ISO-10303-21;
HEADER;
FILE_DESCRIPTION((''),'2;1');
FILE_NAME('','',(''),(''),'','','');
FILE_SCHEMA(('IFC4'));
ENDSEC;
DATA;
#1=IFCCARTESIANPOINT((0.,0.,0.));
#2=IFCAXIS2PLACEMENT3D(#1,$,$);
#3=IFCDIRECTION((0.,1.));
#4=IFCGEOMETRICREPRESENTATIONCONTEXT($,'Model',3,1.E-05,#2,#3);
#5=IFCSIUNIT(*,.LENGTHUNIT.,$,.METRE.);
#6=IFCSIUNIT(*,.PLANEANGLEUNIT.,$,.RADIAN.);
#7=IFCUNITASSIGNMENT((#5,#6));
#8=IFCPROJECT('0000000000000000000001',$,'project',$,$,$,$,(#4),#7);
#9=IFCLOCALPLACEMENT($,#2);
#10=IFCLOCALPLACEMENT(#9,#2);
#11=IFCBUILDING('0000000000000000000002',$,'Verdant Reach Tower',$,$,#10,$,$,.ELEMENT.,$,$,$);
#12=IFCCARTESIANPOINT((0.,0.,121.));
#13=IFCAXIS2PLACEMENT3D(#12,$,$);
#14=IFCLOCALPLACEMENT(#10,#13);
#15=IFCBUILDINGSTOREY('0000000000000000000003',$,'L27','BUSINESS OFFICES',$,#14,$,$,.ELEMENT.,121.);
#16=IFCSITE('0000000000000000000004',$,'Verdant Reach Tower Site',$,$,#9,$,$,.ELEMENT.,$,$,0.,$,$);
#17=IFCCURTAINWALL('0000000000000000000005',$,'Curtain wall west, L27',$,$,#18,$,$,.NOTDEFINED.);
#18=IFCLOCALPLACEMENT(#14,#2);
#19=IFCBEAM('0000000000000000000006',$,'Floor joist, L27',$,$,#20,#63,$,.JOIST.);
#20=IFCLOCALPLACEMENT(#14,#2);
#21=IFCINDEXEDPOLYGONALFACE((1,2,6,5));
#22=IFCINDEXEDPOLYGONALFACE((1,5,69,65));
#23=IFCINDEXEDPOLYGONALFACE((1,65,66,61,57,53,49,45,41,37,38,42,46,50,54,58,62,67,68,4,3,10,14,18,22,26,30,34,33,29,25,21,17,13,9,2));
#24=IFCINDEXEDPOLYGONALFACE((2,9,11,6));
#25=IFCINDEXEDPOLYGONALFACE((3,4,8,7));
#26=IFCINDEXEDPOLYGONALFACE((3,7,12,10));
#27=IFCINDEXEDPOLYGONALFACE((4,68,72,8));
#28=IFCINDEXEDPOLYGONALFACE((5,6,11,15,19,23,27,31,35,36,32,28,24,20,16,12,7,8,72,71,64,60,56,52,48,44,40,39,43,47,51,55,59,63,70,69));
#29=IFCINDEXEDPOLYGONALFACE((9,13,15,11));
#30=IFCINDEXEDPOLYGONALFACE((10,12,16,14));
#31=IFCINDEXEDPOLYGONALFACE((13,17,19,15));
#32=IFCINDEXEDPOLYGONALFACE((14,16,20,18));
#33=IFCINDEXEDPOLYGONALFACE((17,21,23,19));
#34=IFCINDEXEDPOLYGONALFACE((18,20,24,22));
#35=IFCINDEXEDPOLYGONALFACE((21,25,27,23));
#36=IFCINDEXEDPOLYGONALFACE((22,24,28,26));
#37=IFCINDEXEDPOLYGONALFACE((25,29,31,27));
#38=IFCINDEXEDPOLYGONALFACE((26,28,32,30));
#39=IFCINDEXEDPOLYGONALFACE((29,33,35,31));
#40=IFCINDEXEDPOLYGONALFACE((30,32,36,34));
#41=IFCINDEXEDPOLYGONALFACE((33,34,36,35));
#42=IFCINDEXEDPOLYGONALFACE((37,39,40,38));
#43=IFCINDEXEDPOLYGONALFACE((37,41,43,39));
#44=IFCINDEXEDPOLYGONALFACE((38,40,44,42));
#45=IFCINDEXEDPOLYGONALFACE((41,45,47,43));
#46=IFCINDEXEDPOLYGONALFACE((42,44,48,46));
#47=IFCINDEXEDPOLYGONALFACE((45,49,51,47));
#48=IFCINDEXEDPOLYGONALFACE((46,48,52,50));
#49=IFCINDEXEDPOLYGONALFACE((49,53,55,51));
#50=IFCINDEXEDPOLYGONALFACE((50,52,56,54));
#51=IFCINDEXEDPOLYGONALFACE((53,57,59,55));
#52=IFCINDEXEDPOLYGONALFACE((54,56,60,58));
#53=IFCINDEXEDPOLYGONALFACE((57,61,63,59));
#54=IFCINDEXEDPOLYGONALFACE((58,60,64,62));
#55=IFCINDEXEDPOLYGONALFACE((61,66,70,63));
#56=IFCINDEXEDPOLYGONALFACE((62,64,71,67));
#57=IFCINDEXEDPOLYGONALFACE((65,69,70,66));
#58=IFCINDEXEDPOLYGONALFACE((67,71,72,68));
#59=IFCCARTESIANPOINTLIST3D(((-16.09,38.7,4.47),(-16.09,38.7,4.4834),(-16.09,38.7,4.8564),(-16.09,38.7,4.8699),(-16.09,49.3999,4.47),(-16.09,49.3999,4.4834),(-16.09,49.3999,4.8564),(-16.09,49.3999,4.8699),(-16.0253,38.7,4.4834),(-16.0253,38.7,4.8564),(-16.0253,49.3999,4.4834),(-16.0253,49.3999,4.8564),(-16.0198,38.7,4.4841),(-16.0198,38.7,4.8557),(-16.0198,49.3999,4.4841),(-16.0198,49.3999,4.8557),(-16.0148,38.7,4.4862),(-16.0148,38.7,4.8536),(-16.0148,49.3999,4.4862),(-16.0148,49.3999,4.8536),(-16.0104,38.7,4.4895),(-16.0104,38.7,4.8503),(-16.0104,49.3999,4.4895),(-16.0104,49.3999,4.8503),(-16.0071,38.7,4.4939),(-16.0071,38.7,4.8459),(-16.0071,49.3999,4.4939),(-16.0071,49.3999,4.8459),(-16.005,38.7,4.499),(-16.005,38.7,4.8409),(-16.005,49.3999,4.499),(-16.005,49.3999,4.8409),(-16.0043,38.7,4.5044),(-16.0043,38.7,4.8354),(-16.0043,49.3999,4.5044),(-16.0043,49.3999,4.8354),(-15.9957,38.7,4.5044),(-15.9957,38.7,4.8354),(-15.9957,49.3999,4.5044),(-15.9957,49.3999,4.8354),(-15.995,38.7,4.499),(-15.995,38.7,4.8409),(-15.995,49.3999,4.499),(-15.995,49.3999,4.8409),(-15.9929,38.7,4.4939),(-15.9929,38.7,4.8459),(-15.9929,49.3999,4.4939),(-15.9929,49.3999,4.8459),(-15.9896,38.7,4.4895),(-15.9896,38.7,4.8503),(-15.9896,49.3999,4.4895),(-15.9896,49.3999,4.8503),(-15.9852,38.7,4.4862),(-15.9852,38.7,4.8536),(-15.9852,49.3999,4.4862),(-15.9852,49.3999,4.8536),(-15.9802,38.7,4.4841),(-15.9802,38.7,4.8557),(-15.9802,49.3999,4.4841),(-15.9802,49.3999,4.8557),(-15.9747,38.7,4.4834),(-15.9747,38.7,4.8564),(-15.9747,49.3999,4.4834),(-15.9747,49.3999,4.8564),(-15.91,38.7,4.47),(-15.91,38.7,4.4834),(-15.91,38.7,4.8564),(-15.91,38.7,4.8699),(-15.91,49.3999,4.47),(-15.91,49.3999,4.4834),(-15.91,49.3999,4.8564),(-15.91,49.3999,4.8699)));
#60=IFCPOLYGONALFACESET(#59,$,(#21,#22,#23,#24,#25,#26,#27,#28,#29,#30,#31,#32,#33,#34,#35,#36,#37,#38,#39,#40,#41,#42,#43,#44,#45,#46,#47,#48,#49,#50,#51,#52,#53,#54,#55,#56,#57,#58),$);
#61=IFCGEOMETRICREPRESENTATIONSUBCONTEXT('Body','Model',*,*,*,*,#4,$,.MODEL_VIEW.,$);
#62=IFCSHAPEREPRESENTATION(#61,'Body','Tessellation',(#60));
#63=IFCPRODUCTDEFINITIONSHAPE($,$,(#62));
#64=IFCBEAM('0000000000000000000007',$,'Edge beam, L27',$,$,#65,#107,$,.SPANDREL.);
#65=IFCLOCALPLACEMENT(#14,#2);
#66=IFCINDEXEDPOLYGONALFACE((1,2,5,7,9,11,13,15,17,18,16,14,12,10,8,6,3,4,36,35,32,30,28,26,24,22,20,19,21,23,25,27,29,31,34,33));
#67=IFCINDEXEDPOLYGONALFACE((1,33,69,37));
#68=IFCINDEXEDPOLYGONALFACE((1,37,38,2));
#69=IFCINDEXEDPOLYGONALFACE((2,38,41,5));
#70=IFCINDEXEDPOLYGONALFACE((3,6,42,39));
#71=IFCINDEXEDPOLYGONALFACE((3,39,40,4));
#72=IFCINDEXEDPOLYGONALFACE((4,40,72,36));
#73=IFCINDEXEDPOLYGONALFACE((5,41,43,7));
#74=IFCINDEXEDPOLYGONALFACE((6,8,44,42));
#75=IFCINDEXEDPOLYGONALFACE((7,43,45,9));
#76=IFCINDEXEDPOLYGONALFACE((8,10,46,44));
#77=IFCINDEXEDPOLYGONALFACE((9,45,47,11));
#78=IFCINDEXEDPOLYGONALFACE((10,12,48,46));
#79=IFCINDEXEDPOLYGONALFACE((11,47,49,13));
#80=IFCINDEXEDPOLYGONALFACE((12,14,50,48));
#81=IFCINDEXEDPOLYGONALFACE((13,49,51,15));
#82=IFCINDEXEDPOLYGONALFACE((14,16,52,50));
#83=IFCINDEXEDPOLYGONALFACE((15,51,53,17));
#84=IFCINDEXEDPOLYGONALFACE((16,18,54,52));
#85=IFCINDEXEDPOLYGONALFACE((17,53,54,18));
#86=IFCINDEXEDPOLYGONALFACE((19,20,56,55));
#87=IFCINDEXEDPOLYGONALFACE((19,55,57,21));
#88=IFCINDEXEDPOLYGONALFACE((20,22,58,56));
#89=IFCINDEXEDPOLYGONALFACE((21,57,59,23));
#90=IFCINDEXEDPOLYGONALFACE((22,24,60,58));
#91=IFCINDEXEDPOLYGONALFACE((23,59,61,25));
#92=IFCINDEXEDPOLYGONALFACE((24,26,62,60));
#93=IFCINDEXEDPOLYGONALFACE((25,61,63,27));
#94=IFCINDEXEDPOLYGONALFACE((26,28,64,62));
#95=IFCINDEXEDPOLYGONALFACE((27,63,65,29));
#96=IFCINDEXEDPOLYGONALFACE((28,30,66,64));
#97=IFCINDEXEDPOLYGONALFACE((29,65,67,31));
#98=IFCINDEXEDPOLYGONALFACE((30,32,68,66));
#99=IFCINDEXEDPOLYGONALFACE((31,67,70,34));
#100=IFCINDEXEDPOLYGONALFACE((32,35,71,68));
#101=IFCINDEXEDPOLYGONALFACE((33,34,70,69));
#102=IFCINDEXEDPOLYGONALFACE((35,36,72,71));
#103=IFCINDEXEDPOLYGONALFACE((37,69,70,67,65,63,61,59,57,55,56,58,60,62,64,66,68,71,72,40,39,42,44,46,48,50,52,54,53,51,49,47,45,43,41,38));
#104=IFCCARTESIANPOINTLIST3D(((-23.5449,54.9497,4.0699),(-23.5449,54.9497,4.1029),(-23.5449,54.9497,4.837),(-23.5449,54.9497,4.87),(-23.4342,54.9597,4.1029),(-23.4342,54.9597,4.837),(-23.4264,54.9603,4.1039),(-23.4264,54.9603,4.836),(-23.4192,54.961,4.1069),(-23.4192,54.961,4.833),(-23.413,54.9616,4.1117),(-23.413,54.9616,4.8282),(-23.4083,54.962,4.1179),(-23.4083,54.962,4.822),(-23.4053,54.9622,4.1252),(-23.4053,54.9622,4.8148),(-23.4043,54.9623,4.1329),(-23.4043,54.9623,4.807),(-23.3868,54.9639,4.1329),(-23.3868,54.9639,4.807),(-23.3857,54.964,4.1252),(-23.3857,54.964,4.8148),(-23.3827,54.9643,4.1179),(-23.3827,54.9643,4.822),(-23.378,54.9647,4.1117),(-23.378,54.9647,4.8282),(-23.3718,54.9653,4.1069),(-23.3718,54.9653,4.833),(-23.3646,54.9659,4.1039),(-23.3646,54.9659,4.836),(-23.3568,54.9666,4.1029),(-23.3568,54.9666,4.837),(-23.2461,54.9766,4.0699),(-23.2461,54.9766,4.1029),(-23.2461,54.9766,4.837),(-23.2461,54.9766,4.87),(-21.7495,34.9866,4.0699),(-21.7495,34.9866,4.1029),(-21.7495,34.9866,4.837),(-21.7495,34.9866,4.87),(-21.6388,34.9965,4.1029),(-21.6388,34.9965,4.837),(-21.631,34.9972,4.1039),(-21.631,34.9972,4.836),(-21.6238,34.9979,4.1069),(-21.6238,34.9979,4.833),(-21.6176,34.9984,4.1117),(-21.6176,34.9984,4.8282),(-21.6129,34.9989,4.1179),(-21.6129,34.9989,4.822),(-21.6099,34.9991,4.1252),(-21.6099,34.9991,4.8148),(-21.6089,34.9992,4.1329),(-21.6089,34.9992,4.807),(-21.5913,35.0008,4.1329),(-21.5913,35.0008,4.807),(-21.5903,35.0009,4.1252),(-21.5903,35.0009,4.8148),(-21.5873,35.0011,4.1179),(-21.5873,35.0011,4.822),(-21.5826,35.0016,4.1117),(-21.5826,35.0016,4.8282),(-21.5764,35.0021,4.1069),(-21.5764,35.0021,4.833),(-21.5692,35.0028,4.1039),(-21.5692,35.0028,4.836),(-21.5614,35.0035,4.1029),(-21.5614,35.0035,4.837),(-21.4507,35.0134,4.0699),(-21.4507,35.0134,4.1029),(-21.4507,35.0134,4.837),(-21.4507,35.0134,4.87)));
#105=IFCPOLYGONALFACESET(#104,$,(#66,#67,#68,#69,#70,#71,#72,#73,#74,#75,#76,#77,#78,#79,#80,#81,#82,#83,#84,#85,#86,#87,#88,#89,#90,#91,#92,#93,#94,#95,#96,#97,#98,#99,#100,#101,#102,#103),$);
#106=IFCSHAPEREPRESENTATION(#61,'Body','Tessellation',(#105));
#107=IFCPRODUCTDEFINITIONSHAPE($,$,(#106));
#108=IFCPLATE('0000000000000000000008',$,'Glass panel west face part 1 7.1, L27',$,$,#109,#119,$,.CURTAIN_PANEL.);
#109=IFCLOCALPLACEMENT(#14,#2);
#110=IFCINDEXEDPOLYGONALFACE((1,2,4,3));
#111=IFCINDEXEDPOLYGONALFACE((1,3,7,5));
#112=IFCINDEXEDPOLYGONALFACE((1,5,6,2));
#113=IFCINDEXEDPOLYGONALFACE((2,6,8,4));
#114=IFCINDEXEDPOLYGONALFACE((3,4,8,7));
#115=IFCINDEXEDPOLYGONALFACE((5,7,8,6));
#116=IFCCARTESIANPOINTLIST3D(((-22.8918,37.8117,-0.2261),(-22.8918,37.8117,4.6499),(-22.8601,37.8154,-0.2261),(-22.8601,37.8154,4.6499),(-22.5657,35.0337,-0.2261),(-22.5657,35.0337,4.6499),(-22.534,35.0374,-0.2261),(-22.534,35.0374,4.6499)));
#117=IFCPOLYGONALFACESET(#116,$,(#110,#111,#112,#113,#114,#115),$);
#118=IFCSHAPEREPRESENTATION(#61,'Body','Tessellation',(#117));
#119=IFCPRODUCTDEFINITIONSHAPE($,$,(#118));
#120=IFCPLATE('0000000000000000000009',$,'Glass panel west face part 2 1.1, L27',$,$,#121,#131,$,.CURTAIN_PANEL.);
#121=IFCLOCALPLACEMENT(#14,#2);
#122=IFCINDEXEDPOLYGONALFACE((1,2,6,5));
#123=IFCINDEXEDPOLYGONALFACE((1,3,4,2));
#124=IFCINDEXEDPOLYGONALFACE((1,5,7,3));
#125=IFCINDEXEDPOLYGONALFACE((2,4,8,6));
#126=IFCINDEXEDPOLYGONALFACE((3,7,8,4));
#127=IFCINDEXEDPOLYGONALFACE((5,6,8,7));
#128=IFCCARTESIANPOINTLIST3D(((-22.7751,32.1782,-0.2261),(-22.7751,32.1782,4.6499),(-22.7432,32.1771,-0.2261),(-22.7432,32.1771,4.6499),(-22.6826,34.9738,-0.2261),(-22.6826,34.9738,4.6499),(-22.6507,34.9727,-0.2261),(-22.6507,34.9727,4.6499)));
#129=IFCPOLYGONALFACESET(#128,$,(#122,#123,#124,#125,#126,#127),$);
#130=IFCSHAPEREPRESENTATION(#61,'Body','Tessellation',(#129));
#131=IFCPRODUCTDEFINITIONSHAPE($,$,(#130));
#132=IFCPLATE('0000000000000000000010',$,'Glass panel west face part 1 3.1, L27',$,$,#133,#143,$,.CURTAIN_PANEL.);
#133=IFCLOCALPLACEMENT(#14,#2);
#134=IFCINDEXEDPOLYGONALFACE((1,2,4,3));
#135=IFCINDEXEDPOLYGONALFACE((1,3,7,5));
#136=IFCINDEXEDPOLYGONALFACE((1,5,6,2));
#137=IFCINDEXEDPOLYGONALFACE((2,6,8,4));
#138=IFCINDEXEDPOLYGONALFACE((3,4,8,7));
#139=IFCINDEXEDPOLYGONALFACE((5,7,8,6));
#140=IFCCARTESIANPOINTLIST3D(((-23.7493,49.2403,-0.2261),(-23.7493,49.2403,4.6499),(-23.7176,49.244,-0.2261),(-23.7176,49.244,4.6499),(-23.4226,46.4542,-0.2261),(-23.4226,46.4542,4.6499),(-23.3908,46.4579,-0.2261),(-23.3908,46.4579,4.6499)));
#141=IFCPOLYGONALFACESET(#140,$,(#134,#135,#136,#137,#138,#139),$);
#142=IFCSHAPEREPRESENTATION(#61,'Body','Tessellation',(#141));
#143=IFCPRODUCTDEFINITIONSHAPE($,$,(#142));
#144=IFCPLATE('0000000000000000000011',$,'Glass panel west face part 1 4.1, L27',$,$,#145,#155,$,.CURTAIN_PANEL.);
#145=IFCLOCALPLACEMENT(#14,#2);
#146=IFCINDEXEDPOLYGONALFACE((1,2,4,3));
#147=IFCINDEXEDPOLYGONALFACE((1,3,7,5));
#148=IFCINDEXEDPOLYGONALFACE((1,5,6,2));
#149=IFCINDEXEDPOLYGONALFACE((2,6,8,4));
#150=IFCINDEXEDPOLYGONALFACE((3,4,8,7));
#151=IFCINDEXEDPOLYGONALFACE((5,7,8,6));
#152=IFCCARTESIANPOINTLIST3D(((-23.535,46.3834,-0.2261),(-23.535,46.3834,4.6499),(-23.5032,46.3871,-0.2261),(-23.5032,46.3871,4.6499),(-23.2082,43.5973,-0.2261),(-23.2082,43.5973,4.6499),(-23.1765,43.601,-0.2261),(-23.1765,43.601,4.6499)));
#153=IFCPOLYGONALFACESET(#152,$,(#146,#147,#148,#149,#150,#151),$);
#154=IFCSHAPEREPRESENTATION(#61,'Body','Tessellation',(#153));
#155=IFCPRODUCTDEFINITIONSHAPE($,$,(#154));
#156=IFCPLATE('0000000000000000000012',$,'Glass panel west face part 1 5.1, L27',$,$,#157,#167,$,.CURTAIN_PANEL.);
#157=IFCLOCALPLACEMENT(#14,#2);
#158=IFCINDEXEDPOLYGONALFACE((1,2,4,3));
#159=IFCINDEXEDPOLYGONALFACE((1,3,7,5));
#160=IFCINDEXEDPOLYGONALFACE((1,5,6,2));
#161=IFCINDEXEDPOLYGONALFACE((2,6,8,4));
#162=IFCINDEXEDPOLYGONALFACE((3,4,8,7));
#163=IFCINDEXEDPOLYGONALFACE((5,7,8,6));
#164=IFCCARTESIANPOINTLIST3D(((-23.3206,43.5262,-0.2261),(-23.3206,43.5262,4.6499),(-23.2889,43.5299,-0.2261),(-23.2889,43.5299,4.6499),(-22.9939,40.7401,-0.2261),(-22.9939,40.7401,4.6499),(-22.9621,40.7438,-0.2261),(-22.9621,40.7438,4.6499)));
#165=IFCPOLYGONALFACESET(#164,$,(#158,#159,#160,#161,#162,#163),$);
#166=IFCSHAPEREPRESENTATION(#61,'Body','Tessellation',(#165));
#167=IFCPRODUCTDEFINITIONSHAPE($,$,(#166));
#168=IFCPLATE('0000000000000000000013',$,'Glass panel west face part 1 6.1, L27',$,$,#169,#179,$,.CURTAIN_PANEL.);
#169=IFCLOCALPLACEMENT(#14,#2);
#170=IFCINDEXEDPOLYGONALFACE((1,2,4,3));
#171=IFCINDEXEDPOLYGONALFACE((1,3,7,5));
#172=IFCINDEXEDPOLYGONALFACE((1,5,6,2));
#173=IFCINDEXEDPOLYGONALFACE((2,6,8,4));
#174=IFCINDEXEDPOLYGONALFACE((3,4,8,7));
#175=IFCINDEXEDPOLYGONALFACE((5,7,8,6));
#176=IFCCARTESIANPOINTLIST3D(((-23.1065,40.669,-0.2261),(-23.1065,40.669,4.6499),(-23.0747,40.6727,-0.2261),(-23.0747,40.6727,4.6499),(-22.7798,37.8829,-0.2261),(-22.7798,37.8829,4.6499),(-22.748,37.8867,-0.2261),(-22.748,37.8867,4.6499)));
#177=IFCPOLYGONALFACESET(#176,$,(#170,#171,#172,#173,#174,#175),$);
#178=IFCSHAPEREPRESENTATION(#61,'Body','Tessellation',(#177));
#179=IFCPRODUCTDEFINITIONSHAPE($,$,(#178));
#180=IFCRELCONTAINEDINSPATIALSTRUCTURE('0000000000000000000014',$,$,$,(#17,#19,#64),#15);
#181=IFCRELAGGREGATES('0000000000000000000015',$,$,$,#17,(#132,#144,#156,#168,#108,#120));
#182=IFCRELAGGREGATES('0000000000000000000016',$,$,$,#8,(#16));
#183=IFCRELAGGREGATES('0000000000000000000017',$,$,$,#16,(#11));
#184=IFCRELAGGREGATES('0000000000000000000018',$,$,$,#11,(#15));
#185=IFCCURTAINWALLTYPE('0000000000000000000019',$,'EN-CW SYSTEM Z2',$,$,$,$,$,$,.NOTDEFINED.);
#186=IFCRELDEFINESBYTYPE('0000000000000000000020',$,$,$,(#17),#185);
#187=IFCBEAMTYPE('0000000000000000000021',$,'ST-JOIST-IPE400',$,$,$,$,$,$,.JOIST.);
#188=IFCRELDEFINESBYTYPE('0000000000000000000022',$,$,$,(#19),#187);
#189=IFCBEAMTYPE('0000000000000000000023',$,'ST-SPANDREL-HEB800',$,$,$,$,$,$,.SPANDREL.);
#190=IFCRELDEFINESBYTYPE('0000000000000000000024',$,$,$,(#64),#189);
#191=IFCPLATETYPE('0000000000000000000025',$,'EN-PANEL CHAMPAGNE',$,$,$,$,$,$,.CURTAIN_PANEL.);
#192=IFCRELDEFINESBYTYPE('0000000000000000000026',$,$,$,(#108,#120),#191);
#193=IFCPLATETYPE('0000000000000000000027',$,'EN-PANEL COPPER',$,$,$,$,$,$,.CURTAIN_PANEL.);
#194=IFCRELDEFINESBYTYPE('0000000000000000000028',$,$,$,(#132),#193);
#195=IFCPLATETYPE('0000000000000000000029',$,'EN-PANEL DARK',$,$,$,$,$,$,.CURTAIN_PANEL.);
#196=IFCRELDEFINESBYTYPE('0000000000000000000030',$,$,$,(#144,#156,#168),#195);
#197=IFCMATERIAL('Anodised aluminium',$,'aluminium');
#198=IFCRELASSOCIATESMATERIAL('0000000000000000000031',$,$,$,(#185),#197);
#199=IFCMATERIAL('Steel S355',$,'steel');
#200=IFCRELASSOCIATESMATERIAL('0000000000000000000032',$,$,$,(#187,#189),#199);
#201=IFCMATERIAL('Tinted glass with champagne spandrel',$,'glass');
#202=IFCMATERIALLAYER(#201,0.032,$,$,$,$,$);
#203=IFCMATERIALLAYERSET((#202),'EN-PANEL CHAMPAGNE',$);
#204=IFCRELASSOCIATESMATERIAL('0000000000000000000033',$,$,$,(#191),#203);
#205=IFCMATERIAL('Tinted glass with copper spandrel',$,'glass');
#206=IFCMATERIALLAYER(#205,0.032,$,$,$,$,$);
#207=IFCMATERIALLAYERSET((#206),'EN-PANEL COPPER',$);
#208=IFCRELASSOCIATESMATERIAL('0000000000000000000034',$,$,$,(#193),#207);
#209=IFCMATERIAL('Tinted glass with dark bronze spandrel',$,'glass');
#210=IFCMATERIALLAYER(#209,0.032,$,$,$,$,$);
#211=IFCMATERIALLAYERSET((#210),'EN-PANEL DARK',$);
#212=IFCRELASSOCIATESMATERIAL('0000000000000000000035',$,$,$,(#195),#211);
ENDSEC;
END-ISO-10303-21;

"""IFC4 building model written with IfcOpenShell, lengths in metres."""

from ifc_helpers import new_model, si_unit, direction, frame, origin, origin_2d, place, context, subcontext, project, spatial, rectangle, i_section, extrude, material, layer, layer_set, material_profile, profile_set, type_object, element, aggregate, save


model = new_model("IFC4")

# Units and contexts
model_context = context("Model", 3, precision=1e-05, world=origin(), true_north=direction((0.0, 1.0)))
body_context = subcontext(model_context, "Body", "Model", "MODEL_VIEW")
ifc_project = project(units=[si_unit("LENGTHUNIT", "METRE"), si_unit("PLANEANGLEUNIT", "RADIAN")], contexts=[model_context])

# Site, building, storey
site_placement = place(None, origin())
site = spatial("IfcSite", under=ifc_project, at=site_placement, Name="Verdant Reach Tower Site", CompositionType="ELEMENT", RefElevation=0.0)
building_placement = place(site_placement, origin())
building = spatial("IfcBuilding", under=site, at=building_placement, Name="Verdant Reach Tower", CompositionType="ELEMENT")
storey_placement = place(building_placement, frame((0.0, 0.0, 121.0)))
storey = spatial("IfcBuildingStorey", under=building, at=storey_placement, Name="L27", Description="BUSINESS OFFICES", CompositionType="ELEMENT", Elevation=121.0)

# Curtain wall
ifc_material_1 = material(Name="Anodised aluminium", Category="aluminium")
curtain_wall_type = type_object("IfcCurtainWallType", Name="EN-CW SYSTEM Z2", PredefinedType="NOTDEFINED", material=ifc_material_1)
curtain_wall_placement = place(storey_placement, origin())
curtain_wall = element("IfcCurtainWall", 1, at=curtain_wall_placement, inside=storey, type_object=curtain_wall_type, Name="Curtain wall west, L27", PredefinedType="NOTDEFINED")

# Beams
ifc_material_2 = material(Name="Steel S355", Category="steel")
ifc_material_profile_1 = material_profile(ifc_material_2, i_section(OverallWidth=0.1799, OverallDepth=0.3999, WebThickness=0.0085, FlangeThickness=0.0134, FilletRadius=0.021, at=origin_2d()), Name="IPE 400")
ifc_profile_set_1 = profile_set([ifc_material_profile_1], Name="Steel S355")
beam_type_1 = type_object("IfcBeamType", Name="ST-JOIST-IPE400", PredefinedType="JOIST", material=ifc_profile_set_1)
for number, where, z_axis, x_axis, name in (
    (2, (-16.0, 38.7, 4.6699), (0.0, 1.0, 0.0), (-1.0, 0.0, 0.0), "Floor joist, L27"),
):
    element("IfcBeam", number, at=place(storey_placement, frame(where, z_axis=z_axis, x_axis=x_axis)), inside=storey, type_object=beam_type_1, Name=name, PredefinedType="JOIST", context=body_context, shape_type="SweptSolid", body=[
        extrude(i_section(OverallWidth=0.1799, OverallDepth=0.3999, WebThickness=0.0085, FlangeThickness=0.0134, FilletRadius=0.021, at=origin_2d()), origin(), (0.0, 0.0, 1.0), 10.7),
    ])
ifc_material_profile_2 = material_profile(ifc_material_2, i_section(OverallWidth=0.3, OverallDepth=0.8, WebThickness=0.0176, FlangeThickness=0.033, FilletRadius=0.03, at=origin_2d()), Name="HEB 800")
ifc_profile_set_2 = profile_set([ifc_material_profile_2], Name="Steel S355")
beam_type_2 = type_object("IfcBeamType", Name="ST-SPANDREL-HEB800", PredefinedType="SPANDREL", material=ifc_profile_set_2)
beam_placement = place(storey_placement, frame((-21.6001, 35.0, 4.47), z_axis=(-0.089575, 0.99598, 0.0), x_axis=(-0.99598, -0.089575, 0.0)))
element("IfcBeam", 3, at=beam_placement, inside=storey, type_object=beam_type_2, Name="Edge beam, L27", PredefinedType="SPANDREL", context=body_context, shape_type="SweptSolid", body=[
    extrude(i_section(OverallWidth=0.3, OverallDepth=0.8, WebThickness=0.0176, FlangeThickness=0.033, FilletRadius=0.03, at=origin_2d()), origin(), (0.0, 0.0, 1.0), 20.0437),
])

# Plates
ifc_material_3 = material(Name="Tinted glass with champagne spandrel", Category="glass")
ifc_layer_1 = layer(ifc_material_3, 0.032)
ifc_layer_set_1 = layer_set([ifc_layer_1], Name="EN-PANEL CHAMPAGNE")
plate_type_1 = type_object("IfcPlateType", Name="EN-PANEL CHAMPAGNE", PredefinedType="CURTAIN_PANEL", material=ifc_layer_set_1)
plate_1_placement = place(storey_placement, frame((-22.7129, 36.4246, -0.2261), z_axis=(0.0, 0.0, 1.0), x_axis=(0.116586, -0.993181, 0.0)))
plate_1 = element("IfcPlate", 4, at=plate_1_placement, type_object=plate_type_1, Name="Glass panel west face part 1 7.1, L27", PredefinedType="CURTAIN_PANEL", context=body_context, shape_type="SweptSolid", body=[
    extrude(rectangle(XDim=2.7971, YDim=0.032, at=origin_2d()), origin(), (0.0, 0.0, 1.0), 4.876),
])
plate_2_placement = place(storey_placement, frame((-22.7129, 33.5754, -0.2261), z_axis=(0.0, 0.0, 1.0), x_axis=(-0.03307, -0.999453, 0.0)))
plate_2 = element("IfcPlate", 5, at=plate_2_placement, type_object=plate_type_1, Name="Glass panel west face part 2 1.1, L27", PredefinedType="CURTAIN_PANEL", context=body_context, shape_type="SweptSolid", body=[
    extrude(rectangle(XDim=2.7971, YDim=0.032, at=origin_2d()), origin(), (0.0, 0.0, 1.0), 4.876),
])
ifc_material_4 = material(Name="Tinted glass with copper spandrel", Category="glass")
ifc_layer_2 = layer(ifc_material_4, 0.032)
ifc_layer_set_2 = layer_set([ifc_layer_2], Name="EN-PANEL COPPER")
plate_type_2 = type_object("IfcPlateType", Name="EN-PANEL COPPER", PredefinedType="CURTAIN_PANEL", material=ifc_layer_set_2)
plate_3_placement = place(storey_placement, frame((-23.5701, 47.8491, -0.2261), z_axis=(0.0, 0.0, 1.0), x_axis=(0.116483, -0.993193, 0.0)))
plate_3 = element("IfcPlate", 6, at=plate_3_placement, type_object=plate_type_2, Name="Glass panel west face part 1 3.1, L27", PredefinedType="CURTAIN_PANEL", context=body_context, shape_type="SweptSolid", body=[
    extrude(rectangle(XDim=2.8052, YDim=0.032, at=origin_2d()), origin(), (0.0, 0.0, 1.0), 4.876),
])
ifc_material_5 = material(Name="Tinted glass with dark bronze spandrel", Category="glass")
ifc_layer_3 = layer(ifc_material_5, 0.032)
ifc_layer_set_3 = layer_set([ifc_layer_3], Name="EN-PANEL DARK")
plate_type_3 = type_object("IfcPlateType", Name="EN-PANEL DARK", PredefinedType="CURTAIN_PANEL", material=ifc_layer_set_3)
plate_4_placement = place(storey_placement, frame((-23.3557, 44.9922, -0.2261), z_axis=(0.0, 0.0, 1.0), x_axis=(0.116483, -0.993193, 0.0)))
plate_4 = element("IfcPlate", 7, at=plate_4_placement, type_object=plate_type_3, Name="Glass panel west face part 1 4.1, L27", PredefinedType="CURTAIN_PANEL", context=body_context, shape_type="SweptSolid", body=[
    extrude(rectangle(XDim=2.8052, YDim=0.032, at=origin_2d()), origin(), (0.0, 0.0, 1.0), 4.876),
])
plate_5_placement = place(storey_placement, frame((-23.1414, 42.135, -0.2261), z_axis=(0.0, 0.0, 1.0), x_axis=(0.116483, -0.993193, 0.0)))
plate_5 = element("IfcPlate", 8, at=plate_5_placement, type_object=plate_type_3, Name="Glass panel west face part 1 5.1, L27", PredefinedType="CURTAIN_PANEL", context=body_context, shape_type="SweptSolid", body=[
    extrude(rectangle(XDim=2.8052, YDim=0.032, at=origin_2d()), origin(), (0.0, 0.0, 1.0), 4.876),
])
plate_6_placement = place(storey_placement, frame((-22.9272, 39.2778, -0.2261), z_axis=(0.0, 0.0, 1.0), x_axis=(0.116483, -0.993193, 0.0)))
plate_6 = element("IfcPlate", 9, at=plate_6_placement, type_object=plate_type_3, Name="Glass panel west face part 1 6.1, L27", PredefinedType="CURTAIN_PANEL", context=body_context, shape_type="SweptSolid", body=[
    extrude(rectangle(XDim=2.8052, YDim=0.032, at=origin_2d()), origin(), (0.0, 0.0, 1.0), 4.876),
])
aggregate(curtain_wall, [plate_3, plate_4, plate_5, plate_6, plate_1, plate_2])

save(model, "model.ifc")
